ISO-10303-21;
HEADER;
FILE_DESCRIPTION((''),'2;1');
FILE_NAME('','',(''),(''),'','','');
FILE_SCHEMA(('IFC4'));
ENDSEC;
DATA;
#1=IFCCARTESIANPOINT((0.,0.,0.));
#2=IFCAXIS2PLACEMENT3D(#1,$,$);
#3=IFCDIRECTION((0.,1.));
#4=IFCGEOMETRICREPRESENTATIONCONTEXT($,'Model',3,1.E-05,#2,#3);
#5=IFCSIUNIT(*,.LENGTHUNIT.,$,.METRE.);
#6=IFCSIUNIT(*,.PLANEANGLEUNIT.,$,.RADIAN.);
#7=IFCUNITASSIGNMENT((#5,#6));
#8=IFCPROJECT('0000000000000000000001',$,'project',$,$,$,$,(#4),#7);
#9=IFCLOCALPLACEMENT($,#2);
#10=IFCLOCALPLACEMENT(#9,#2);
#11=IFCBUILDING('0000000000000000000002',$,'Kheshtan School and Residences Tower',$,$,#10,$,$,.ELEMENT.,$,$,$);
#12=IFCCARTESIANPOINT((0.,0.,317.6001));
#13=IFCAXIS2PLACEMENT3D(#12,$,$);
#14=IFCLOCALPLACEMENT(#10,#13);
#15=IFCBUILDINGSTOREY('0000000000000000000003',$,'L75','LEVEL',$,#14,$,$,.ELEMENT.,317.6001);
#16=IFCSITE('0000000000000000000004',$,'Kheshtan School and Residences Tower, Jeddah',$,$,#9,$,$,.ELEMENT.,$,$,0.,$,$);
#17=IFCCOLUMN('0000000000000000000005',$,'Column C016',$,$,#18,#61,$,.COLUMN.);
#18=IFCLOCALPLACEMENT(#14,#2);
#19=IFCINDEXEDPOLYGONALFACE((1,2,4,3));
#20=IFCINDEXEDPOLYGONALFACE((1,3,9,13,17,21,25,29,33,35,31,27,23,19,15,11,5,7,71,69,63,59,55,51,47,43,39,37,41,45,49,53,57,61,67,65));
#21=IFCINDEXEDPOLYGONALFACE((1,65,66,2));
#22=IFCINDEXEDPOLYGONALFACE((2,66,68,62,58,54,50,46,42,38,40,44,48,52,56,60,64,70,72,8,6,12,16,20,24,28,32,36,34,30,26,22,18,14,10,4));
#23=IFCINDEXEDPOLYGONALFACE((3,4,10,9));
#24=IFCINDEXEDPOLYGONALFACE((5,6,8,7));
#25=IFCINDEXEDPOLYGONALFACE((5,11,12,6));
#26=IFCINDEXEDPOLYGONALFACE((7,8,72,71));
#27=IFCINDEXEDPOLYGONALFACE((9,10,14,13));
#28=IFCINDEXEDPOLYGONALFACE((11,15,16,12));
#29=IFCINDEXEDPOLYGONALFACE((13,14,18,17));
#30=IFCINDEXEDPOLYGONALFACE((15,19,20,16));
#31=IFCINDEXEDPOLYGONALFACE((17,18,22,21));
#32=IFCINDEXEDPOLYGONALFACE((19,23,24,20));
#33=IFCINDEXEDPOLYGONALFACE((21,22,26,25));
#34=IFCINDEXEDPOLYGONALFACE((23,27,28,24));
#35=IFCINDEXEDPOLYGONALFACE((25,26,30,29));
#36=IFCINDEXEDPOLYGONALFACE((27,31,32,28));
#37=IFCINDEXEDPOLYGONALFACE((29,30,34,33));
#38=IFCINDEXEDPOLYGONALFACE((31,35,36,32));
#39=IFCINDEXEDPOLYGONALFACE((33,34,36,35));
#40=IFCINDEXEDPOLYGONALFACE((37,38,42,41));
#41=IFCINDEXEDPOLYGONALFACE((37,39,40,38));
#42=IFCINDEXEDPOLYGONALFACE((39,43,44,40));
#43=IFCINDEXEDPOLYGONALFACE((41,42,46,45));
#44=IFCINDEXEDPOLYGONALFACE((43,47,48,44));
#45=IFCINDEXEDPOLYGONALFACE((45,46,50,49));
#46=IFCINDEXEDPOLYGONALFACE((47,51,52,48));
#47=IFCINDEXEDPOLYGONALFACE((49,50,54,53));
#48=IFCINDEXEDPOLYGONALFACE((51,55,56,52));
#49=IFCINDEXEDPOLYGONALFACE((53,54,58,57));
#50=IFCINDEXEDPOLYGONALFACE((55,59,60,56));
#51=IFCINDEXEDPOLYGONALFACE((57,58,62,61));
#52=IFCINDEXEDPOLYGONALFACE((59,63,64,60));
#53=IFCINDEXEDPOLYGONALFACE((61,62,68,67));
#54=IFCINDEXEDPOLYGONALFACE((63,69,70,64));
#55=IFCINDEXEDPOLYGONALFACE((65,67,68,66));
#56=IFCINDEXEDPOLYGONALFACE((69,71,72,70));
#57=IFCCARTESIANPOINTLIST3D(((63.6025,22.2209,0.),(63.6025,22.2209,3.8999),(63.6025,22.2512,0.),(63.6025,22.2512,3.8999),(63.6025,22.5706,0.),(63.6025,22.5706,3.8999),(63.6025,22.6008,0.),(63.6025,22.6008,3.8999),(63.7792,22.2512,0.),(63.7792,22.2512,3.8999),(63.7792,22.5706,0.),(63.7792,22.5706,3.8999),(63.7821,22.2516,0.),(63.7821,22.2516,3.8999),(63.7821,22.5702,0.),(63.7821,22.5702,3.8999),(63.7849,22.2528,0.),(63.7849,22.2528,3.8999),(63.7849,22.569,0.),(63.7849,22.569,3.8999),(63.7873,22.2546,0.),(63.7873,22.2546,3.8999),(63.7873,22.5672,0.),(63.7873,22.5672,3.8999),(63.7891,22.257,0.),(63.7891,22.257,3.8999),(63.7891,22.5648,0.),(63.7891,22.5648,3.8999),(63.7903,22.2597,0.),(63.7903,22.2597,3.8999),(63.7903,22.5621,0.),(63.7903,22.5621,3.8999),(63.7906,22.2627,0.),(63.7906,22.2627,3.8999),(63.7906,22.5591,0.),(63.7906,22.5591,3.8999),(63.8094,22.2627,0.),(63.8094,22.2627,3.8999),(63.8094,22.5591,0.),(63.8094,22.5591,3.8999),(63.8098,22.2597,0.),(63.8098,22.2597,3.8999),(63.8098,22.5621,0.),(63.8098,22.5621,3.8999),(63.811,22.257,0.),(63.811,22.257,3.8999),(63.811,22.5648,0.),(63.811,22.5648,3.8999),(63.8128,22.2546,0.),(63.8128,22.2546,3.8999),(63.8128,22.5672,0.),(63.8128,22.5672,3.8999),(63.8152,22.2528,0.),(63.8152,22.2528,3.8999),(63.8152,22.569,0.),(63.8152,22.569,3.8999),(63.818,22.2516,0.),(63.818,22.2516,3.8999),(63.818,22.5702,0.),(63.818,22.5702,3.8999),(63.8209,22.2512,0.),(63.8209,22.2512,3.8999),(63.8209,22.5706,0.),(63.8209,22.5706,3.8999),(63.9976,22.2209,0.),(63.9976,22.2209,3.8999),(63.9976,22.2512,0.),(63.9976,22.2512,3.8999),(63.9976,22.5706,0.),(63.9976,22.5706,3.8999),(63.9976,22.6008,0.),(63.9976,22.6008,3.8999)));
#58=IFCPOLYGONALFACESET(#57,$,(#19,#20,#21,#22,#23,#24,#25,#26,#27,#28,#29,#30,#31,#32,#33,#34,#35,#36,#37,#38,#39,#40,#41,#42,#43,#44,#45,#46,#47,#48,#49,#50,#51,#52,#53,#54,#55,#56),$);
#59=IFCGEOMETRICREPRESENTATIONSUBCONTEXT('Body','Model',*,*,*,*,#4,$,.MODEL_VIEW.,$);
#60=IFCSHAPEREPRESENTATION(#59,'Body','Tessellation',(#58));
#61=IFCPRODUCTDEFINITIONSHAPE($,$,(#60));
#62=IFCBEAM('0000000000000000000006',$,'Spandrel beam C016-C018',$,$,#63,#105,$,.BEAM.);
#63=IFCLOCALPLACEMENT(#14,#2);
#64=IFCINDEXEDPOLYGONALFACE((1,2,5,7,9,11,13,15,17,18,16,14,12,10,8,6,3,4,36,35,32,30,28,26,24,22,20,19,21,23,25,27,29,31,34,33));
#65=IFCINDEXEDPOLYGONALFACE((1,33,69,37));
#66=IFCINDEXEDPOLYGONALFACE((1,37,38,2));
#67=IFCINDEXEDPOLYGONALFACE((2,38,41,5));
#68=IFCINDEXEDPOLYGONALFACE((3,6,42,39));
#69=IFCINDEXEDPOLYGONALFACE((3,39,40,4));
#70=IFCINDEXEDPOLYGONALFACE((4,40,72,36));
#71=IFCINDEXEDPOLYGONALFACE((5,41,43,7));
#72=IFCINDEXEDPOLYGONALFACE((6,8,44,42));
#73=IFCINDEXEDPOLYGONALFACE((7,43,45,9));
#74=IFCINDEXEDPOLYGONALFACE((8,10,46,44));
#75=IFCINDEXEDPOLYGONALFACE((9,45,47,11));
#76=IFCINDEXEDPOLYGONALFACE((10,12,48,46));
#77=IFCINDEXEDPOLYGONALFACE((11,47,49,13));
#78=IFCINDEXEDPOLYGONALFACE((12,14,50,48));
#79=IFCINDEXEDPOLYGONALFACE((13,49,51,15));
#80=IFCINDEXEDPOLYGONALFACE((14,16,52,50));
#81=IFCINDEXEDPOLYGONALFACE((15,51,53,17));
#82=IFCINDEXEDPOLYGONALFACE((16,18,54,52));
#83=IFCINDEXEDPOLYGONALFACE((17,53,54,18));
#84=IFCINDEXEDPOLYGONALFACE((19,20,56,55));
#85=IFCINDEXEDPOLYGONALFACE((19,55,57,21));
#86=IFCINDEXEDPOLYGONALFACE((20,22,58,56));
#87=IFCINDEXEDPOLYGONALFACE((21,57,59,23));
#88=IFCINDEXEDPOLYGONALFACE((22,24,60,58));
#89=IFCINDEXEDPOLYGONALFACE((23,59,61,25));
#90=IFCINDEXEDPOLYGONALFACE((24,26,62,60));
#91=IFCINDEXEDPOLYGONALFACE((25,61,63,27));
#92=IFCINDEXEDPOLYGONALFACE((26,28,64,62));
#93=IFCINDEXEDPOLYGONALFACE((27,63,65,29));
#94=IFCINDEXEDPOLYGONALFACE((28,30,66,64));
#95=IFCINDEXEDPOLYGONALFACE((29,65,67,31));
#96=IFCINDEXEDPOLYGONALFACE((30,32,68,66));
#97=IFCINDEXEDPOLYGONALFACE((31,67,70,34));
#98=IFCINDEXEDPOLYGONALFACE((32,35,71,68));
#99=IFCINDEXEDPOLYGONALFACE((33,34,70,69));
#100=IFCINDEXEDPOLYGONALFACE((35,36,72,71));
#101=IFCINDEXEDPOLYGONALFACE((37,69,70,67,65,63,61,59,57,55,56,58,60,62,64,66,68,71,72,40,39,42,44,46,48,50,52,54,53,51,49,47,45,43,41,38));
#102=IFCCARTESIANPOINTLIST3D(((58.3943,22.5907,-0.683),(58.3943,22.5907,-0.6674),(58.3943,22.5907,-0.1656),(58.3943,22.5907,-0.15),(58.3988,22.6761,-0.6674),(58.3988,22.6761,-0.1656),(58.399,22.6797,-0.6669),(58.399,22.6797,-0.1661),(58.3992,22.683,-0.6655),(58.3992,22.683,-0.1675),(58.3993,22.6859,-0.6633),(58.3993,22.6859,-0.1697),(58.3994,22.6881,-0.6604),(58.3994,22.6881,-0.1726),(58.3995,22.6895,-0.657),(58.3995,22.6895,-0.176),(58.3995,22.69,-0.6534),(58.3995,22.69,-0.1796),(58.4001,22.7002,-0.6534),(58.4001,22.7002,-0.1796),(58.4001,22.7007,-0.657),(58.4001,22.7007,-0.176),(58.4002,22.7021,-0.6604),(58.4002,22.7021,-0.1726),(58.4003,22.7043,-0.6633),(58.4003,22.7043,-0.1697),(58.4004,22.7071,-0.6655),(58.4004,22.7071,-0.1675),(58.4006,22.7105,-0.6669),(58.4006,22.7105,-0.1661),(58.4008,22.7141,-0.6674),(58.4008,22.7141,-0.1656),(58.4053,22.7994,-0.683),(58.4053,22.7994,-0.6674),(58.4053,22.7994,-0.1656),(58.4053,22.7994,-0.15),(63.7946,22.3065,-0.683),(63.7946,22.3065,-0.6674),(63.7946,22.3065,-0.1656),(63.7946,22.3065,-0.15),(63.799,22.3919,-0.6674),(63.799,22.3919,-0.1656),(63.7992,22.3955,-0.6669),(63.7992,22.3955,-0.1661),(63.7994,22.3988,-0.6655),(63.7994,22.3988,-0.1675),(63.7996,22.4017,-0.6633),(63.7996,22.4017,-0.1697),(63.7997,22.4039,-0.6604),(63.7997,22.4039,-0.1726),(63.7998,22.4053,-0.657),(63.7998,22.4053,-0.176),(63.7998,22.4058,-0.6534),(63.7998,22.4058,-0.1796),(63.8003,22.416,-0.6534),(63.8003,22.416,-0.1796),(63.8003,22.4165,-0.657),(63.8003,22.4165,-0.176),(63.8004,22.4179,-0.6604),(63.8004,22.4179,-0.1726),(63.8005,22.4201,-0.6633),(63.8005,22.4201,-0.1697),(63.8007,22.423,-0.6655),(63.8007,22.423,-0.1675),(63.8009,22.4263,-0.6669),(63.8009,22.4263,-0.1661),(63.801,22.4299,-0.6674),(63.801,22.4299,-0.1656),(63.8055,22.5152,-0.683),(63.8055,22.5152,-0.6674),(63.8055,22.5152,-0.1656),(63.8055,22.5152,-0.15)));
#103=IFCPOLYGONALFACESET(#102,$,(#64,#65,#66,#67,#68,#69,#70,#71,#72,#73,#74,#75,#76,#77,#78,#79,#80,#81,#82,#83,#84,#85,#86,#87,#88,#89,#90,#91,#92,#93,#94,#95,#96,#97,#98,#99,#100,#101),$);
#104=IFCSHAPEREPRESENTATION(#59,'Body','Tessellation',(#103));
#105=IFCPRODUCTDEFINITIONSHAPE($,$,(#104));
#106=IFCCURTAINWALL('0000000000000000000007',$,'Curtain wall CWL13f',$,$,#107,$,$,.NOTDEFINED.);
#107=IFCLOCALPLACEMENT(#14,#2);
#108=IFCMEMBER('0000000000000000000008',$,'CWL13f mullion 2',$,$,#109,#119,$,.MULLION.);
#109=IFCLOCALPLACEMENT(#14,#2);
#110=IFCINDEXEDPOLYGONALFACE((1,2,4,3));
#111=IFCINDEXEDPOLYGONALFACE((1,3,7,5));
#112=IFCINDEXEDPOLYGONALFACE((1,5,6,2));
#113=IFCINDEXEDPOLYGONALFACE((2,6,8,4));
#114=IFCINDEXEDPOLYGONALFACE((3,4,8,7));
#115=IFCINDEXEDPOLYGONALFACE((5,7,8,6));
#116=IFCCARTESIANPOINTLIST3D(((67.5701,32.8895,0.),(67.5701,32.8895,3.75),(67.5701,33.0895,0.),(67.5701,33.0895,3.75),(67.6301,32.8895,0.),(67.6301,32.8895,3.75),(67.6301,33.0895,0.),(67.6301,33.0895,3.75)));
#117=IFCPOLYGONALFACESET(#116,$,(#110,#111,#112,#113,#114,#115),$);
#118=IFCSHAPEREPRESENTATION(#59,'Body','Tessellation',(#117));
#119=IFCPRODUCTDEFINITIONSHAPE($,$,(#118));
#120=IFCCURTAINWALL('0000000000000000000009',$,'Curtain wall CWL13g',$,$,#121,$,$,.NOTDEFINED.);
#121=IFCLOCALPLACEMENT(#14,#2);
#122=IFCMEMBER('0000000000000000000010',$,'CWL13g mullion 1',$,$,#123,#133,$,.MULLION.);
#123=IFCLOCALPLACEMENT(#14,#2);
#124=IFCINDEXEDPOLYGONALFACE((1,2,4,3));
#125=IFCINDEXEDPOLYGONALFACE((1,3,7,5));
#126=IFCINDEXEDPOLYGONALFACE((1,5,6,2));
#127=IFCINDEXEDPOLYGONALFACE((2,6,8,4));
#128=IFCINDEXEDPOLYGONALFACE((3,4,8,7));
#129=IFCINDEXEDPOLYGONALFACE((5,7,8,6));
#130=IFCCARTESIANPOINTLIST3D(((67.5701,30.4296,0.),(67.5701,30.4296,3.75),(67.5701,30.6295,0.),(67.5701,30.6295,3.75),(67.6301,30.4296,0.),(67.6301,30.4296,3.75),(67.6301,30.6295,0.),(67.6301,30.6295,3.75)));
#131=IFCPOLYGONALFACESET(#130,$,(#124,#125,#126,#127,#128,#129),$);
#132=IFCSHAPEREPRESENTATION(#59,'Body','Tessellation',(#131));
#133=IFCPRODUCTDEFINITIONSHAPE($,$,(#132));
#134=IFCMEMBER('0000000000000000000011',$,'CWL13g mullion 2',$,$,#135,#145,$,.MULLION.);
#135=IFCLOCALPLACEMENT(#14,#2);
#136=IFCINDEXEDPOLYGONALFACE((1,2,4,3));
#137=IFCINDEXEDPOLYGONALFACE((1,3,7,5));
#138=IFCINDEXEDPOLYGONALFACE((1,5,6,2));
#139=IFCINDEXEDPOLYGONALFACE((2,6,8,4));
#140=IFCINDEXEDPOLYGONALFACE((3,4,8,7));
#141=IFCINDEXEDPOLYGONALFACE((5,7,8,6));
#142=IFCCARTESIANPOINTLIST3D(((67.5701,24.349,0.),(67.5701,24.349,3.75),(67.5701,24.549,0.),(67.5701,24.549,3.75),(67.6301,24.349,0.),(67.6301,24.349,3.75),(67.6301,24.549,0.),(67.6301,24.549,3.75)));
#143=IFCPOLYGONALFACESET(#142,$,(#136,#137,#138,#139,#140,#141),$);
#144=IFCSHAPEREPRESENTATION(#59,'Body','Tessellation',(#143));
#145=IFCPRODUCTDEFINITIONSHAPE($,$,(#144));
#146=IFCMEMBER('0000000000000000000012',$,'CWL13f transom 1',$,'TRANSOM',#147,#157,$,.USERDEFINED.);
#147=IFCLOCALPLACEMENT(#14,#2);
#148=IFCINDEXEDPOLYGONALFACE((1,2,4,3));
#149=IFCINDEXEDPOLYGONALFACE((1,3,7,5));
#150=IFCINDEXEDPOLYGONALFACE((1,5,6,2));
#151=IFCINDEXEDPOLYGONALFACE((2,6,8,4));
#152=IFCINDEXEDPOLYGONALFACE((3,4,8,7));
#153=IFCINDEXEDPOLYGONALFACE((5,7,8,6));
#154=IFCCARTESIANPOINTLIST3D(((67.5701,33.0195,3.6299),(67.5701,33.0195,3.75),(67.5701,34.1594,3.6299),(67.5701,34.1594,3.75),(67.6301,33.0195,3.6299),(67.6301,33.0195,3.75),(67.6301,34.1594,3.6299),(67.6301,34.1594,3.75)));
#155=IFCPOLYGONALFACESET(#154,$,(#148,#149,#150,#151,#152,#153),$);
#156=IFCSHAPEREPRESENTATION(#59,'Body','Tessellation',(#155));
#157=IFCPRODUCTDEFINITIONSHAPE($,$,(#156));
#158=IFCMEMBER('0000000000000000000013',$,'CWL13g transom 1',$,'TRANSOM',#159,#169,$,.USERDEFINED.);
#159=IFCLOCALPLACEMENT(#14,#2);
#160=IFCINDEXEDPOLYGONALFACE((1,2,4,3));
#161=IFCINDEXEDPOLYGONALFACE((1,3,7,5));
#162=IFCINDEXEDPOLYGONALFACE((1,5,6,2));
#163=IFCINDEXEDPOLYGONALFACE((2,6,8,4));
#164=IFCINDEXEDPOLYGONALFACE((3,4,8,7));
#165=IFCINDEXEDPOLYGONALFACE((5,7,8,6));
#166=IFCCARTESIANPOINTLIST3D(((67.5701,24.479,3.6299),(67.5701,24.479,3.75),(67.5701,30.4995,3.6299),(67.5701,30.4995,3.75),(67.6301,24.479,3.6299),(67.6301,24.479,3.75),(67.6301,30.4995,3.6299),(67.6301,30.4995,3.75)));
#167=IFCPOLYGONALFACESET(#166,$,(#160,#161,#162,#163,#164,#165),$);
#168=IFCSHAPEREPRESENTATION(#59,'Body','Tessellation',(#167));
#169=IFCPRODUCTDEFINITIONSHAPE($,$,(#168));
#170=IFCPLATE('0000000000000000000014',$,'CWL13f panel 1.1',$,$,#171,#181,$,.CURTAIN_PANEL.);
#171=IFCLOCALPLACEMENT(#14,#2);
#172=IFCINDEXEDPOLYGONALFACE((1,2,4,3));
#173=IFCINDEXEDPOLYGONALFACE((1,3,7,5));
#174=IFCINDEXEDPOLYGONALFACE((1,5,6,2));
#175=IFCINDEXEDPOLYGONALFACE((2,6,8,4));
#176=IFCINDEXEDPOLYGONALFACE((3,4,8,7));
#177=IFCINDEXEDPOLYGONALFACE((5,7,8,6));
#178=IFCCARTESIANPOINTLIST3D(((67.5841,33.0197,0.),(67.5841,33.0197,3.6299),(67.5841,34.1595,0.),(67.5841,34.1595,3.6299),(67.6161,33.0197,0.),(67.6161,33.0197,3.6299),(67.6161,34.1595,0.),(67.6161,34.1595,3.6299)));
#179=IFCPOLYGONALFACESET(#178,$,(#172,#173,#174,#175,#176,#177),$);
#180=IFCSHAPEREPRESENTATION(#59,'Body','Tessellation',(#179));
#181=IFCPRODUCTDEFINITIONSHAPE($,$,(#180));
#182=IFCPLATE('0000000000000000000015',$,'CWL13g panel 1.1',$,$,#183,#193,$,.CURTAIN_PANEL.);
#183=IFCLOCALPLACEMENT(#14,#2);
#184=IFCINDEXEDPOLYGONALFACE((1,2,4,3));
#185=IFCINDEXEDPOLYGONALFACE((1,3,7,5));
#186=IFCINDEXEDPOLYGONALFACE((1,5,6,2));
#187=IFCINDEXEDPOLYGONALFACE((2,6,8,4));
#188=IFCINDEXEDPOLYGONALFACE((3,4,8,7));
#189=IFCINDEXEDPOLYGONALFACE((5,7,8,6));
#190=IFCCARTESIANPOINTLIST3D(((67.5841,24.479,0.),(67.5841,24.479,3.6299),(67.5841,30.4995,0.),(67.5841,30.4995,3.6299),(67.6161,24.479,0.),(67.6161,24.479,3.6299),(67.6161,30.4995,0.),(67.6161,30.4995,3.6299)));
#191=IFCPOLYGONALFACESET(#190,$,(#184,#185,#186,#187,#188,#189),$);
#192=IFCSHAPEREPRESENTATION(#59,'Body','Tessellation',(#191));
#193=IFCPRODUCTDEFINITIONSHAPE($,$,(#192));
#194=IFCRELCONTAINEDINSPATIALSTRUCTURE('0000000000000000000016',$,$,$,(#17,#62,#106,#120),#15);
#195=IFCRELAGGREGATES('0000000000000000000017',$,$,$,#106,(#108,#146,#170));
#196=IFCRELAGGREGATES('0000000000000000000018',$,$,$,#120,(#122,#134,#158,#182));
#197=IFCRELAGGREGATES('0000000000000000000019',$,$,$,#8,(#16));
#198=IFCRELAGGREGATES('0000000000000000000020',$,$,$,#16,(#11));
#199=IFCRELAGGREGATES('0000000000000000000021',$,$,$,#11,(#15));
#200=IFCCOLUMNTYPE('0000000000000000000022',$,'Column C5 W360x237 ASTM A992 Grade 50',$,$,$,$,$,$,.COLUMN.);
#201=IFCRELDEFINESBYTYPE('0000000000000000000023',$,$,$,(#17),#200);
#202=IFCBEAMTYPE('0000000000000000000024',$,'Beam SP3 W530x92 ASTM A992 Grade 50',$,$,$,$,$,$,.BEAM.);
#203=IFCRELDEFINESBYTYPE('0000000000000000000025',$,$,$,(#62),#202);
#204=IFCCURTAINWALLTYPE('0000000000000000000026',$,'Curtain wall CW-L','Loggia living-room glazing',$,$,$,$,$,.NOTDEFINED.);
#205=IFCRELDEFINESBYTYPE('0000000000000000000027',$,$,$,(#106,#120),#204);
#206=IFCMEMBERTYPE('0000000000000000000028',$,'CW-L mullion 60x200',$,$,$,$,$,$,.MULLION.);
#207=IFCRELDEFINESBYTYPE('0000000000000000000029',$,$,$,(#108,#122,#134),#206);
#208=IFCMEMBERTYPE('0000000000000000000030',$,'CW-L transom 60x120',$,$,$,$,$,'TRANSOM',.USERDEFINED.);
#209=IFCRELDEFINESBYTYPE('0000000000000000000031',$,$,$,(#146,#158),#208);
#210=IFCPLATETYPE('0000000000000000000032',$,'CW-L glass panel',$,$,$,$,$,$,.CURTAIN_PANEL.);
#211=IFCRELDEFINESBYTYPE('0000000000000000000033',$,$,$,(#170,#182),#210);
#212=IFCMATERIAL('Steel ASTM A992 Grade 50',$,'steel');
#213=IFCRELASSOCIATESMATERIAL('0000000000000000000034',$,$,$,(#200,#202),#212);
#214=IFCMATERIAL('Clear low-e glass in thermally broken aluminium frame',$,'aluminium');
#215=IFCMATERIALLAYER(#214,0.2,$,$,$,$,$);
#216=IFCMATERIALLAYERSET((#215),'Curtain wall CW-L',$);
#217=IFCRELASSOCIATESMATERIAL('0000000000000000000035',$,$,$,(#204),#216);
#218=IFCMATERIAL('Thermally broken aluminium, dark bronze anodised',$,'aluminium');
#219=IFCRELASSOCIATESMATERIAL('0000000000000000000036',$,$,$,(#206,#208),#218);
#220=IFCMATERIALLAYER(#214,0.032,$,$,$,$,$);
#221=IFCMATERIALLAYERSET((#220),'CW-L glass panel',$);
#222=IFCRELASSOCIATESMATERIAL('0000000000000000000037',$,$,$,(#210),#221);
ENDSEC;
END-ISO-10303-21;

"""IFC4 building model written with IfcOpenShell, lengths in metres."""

from ifc_helpers import new_model, si_unit, direction, frame, origin, origin_2d, place, context, subcontext, project, spatial, rectangle, i_section, extrude, material, layer, layer_set, material_profile, profile_set, type_object, element, aggregate, save


model = new_model("IFC4")

# Units and contexts
model_context = context("Model", 3, precision=1e-05, world=origin(), true_north=direction((0.0, 1.0)))
body_context = subcontext(model_context, "Body", "Model", "MODEL_VIEW")
ifc_project = project(units=[si_unit("LENGTHUNIT", "METRE"), si_unit("PLANEANGLEUNIT", "RADIAN")], contexts=[model_context])

# Site, building, storey
site_placement = place(None, origin())
site = spatial("IfcSite", under=ifc_project, at=site_placement, Name="Kheshtan School and Residences Tower, Jeddah", CompositionType="ELEMENT", RefElevation=0.0)
building_placement = place(site_placement, origin())
building = spatial("IfcBuilding", under=site, at=building_placement, Name="Kheshtan School and Residences Tower", CompositionType="ELEMENT")
storey_placement = place(building_placement, frame((0.0, 0.0, 317.6001)))
storey = spatial("IfcBuildingStorey", under=building, at=storey_placement, Name="L75", Description="LEVEL", CompositionType="ELEMENT", Elevation=317.6001)

# Column
ifc_material_1 = material(Name="Steel ASTM A992 Grade 50", Category="steel")
ifc_material_profile_1 = material_profile(ifc_material_1, i_section(OverallWidth=0.395, OverallDepth=0.3799, WebThickness=0.0188, FlangeThickness=0.0303, FilletRadius=0.0115, at=origin_2d()), Name="W360x237")
ifc_profile_set_1 = profile_set([ifc_material_profile_1], Name="Steel ASTM A992 Grade 50")
column_type = type_object("IfcColumnType", Name="Column C5 W360x237 ASTM A992 Grade 50", PredefinedType="COLUMN", material=ifc_profile_set_1)
column_placement = place(storey_placement, frame((63.8, 22.4109, 0.0), z_axis=(0.0, 0.0, 1.0), x_axis=(1.0, 0.0, 0.0)))
element("IfcColumn", 1, at=column_placement, inside=storey, type_object=column_type, Name="Column C016", PredefinedType="COLUMN", context=body_context, shape_type="SweptSolid", body=[
    extrude(i_section(OverallWidth=0.395, OverallDepth=0.3799, WebThickness=0.0188, FlangeThickness=0.0303, FilletRadius=0.0115, at=origin_2d()), origin(), (0.0, 0.0, 1.0), 3.8999),
])

# Beam
ifc_material_profile_2 = material_profile(ifc_material_1, i_section(OverallWidth=0.209, OverallDepth=0.533, WebThickness=0.0103, FlangeThickness=0.0156, FilletRadius=0.0139, at=origin_2d()), Name="W530x92")
ifc_profile_set_2 = profile_set([ifc_material_profile_2], Name="Steel ASTM A992 Grade 50")
beam_type = type_object("IfcBeamType", Name="Beam SP3 W530x92 ASTM A992 Grade 50", PredefinedType="BEAM", material=ifc_profile_set_2)
beam_placement = place(storey_placement, frame((63.8, 22.4109, -0.4165), z_axis=(-0.998618, 0.052552, 0.0), x_axis=(-0.052552, -0.998618, 0.0)))
element("IfcBeam", 2, at=beam_placement, inside=storey, type_object=beam_type, Name="Spandrel beam C016-C018", PredefinedType="BEAM", context=body_context, shape_type="SweptSolid", body=[
    extrude(i_section(OverallWidth=0.209, OverallDepth=0.533, WebThickness=0.0103, FlangeThickness=0.0156, FilletRadius=0.0139, at=origin_2d()), origin(), (0.0, 0.0, 1.0), 5.4077),
])

# Curtain wall, member
ifc_material_2 = material(Name="Clear low-e glass in thermally broken aluminium frame", Category="aluminium")
ifc_layer_1 = layer(ifc_material_2, 0.2)
ifc_layer_set_1 = layer_set([ifc_layer_1], Name="Curtain wall CW-L")
curtain_wall_type = type_object("IfcCurtainWallType", Name="Curtain wall CW-L", Description="Loggia living-room glazing", PredefinedType="NOTDEFINED", material=ifc_layer_set_1)
curtain_wall_1_placement = place(storey_placement, origin())
curtain_wall_1 = element("IfcCurtainWall", 3, at=curtain_wall_1_placement, inside=storey, type_object=curtain_wall_type, Name="Curtain wall CWL13f", PredefinedType="NOTDEFINED")
ifc_material_3 = material(Name="Thermally broken aluminium, dark bronze anodised", Category="aluminium")
ifc_material_profile_3 = material_profile(ifc_material_3, rectangle(XDim=0.0601, YDim=0.2, at=origin_2d()), Name="CW-L mullion 60x200")
ifc_profile_set_3 = profile_set([ifc_material_profile_3], Name="Thermally broken aluminium, dark bronze anodised")
member_type_1 = type_object("IfcMemberType", Name="CW-L mullion 60x200", PredefinedType="MULLION", material=ifc_profile_set_3)
member_1_placement = place(storey_placement, frame((67.6001, 32.9895, 0.0), z_axis=(0.0, 0.0, 1.0), x_axis=(1.0, 0.0, 0.0)))
member_1 = element("IfcMember", 4, at=member_1_placement, type_object=member_type_1, Name="CWL13f mullion 2", PredefinedType="MULLION", context=body_context, shape_type="SweptSolid", body=[
    extrude(rectangle(XDim=0.0601, YDim=0.2, at=origin_2d()), origin(), (0.0, 0.0, 1.0), 3.75),
])

# Curtain wall, members
curtain_wall_2_placement = place(storey_placement, origin())
curtain_wall_2 = element("IfcCurtainWall", 5, at=curtain_wall_2_placement, inside=storey, type_object=curtain_wall_type, Name="Curtain wall CWL13g", PredefinedType="NOTDEFINED")
member_2_placement = place(storey_placement, frame((67.6001, 30.5295, 0.0), z_axis=(0.0, 0.0, 1.0), x_axis=(1.0, 0.0, 0.0)))
member_2 = element("IfcMember", 6, at=member_2_placement, type_object=member_type_1, Name="CWL13g mullion 1", PredefinedType="MULLION", context=body_context, shape_type="SweptSolid", body=[
    extrude(rectangle(XDim=0.0601, YDim=0.2, at=origin_2d()), origin(), (0.0, 0.0, 1.0), 3.75),
])
member_3_placement = place(storey_placement, frame((67.6001, 24.449, 0.0), z_axis=(0.0, 0.0, 1.0), x_axis=(1.0, 0.0, 0.0)))
member_3 = element("IfcMember", 7, at=member_3_placement, type_object=member_type_1, Name="CWL13g mullion 2", PredefinedType="MULLION", context=body_context, shape_type="SweptSolid", body=[
    extrude(rectangle(XDim=0.0601, YDim=0.2, at=origin_2d()), origin(), (0.0, 0.0, 1.0), 3.75),
])

# Members
ifc_material_profile_4 = material_profile(ifc_material_3, rectangle(XDim=0.0601, YDim=0.1201, at=origin_2d()), Name="CW-L transom 60x120")
ifc_profile_set_4 = profile_set([ifc_material_profile_4], Name="Thermally broken aluminium, dark bronze anodised")
member_type_2 = type_object("IfcMemberType", Name="CW-L transom 60x120", ElementType="TRANSOM", PredefinedType="USERDEFINED", material=ifc_profile_set_4)
member_4_placement = place(storey_placement, frame((67.6001, 34.1594, 3.6899), z_axis=(0.0, -1.0, 0.0), x_axis=(1.0, 0.0, 0.0)))
member_4 = element("IfcMember", 8, at=member_4_placement, type_object=member_type_2, Name="CWL13f transom 1", ObjectType="TRANSOM", PredefinedType="USERDEFINED", context=body_context, shape_type="SweptSolid", body=[
    extrude(rectangle(XDim=0.0601, YDim=0.1201, at=origin_2d()), origin(), (0.0, 0.0, 1.0), 1.1399),
])
member_5_placement = place(storey_placement, frame((67.6001, 30.4995, 3.6899), z_axis=(0.0, -1.0, 0.0), x_axis=(1.0, 0.0, 0.0)))
member_5 = element("IfcMember", 9, at=member_5_placement, type_object=member_type_2, Name="CWL13g transom 1", ObjectType="TRANSOM", PredefinedType="USERDEFINED", context=body_context, shape_type="SweptSolid", body=[
    extrude(rectangle(XDim=0.0601, YDim=0.1201, at=origin_2d()), origin(), (0.0, 0.0, 1.0), 6.0205),
])

# Plates
ifc_layer_2 = layer(ifc_material_2, 0.032)
ifc_layer_set_2 = layer_set([ifc_layer_2], Name="CW-L glass panel")
plate_type = type_object("IfcPlateType", Name="CW-L glass panel", PredefinedType="CURTAIN_PANEL", material=ifc_layer_set_2)
plate_1_placement = place(storey_placement, frame((67.6001, 33.5896, 0.0), z_axis=(0.0, 0.0, 1.0), x_axis=(0.0, -1.0, 0.0)))
plate_1 = element("IfcPlate", 10, at=plate_1_placement, type_object=plate_type, Name="CWL13f panel 1.1", PredefinedType="CURTAIN_PANEL", context=body_context, shape_type="SweptSolid", body=[
    extrude(rectangle(XDim=1.1399, YDim=0.032, at=origin_2d()), origin(), (0.0, 0.0, 1.0), 3.6299),
])
aggregate(curtain_wall_1, [member_1, member_4, plate_1])
plate_2_placement = place(storey_placement, frame((67.6001, 27.4893, 0.0), z_axis=(0.0, 0.0, 1.0), x_axis=(0.0, -1.0, 0.0)))
plate_2 = element("IfcPlate", 11, at=plate_2_placement, type_object=plate_type, Name="CWL13g panel 1.1", PredefinedType="CURTAIN_PANEL", context=body_context, shape_type="SweptSolid", body=[
    extrude(rectangle(XDim=6.0205, YDim=0.032, at=origin_2d()), origin(), (0.0, 0.0, 1.0), 3.6299),
])
aggregate(curtain_wall_2, [member_2, member_3, member_5, plate_2])

save(model, "model.ifc")
